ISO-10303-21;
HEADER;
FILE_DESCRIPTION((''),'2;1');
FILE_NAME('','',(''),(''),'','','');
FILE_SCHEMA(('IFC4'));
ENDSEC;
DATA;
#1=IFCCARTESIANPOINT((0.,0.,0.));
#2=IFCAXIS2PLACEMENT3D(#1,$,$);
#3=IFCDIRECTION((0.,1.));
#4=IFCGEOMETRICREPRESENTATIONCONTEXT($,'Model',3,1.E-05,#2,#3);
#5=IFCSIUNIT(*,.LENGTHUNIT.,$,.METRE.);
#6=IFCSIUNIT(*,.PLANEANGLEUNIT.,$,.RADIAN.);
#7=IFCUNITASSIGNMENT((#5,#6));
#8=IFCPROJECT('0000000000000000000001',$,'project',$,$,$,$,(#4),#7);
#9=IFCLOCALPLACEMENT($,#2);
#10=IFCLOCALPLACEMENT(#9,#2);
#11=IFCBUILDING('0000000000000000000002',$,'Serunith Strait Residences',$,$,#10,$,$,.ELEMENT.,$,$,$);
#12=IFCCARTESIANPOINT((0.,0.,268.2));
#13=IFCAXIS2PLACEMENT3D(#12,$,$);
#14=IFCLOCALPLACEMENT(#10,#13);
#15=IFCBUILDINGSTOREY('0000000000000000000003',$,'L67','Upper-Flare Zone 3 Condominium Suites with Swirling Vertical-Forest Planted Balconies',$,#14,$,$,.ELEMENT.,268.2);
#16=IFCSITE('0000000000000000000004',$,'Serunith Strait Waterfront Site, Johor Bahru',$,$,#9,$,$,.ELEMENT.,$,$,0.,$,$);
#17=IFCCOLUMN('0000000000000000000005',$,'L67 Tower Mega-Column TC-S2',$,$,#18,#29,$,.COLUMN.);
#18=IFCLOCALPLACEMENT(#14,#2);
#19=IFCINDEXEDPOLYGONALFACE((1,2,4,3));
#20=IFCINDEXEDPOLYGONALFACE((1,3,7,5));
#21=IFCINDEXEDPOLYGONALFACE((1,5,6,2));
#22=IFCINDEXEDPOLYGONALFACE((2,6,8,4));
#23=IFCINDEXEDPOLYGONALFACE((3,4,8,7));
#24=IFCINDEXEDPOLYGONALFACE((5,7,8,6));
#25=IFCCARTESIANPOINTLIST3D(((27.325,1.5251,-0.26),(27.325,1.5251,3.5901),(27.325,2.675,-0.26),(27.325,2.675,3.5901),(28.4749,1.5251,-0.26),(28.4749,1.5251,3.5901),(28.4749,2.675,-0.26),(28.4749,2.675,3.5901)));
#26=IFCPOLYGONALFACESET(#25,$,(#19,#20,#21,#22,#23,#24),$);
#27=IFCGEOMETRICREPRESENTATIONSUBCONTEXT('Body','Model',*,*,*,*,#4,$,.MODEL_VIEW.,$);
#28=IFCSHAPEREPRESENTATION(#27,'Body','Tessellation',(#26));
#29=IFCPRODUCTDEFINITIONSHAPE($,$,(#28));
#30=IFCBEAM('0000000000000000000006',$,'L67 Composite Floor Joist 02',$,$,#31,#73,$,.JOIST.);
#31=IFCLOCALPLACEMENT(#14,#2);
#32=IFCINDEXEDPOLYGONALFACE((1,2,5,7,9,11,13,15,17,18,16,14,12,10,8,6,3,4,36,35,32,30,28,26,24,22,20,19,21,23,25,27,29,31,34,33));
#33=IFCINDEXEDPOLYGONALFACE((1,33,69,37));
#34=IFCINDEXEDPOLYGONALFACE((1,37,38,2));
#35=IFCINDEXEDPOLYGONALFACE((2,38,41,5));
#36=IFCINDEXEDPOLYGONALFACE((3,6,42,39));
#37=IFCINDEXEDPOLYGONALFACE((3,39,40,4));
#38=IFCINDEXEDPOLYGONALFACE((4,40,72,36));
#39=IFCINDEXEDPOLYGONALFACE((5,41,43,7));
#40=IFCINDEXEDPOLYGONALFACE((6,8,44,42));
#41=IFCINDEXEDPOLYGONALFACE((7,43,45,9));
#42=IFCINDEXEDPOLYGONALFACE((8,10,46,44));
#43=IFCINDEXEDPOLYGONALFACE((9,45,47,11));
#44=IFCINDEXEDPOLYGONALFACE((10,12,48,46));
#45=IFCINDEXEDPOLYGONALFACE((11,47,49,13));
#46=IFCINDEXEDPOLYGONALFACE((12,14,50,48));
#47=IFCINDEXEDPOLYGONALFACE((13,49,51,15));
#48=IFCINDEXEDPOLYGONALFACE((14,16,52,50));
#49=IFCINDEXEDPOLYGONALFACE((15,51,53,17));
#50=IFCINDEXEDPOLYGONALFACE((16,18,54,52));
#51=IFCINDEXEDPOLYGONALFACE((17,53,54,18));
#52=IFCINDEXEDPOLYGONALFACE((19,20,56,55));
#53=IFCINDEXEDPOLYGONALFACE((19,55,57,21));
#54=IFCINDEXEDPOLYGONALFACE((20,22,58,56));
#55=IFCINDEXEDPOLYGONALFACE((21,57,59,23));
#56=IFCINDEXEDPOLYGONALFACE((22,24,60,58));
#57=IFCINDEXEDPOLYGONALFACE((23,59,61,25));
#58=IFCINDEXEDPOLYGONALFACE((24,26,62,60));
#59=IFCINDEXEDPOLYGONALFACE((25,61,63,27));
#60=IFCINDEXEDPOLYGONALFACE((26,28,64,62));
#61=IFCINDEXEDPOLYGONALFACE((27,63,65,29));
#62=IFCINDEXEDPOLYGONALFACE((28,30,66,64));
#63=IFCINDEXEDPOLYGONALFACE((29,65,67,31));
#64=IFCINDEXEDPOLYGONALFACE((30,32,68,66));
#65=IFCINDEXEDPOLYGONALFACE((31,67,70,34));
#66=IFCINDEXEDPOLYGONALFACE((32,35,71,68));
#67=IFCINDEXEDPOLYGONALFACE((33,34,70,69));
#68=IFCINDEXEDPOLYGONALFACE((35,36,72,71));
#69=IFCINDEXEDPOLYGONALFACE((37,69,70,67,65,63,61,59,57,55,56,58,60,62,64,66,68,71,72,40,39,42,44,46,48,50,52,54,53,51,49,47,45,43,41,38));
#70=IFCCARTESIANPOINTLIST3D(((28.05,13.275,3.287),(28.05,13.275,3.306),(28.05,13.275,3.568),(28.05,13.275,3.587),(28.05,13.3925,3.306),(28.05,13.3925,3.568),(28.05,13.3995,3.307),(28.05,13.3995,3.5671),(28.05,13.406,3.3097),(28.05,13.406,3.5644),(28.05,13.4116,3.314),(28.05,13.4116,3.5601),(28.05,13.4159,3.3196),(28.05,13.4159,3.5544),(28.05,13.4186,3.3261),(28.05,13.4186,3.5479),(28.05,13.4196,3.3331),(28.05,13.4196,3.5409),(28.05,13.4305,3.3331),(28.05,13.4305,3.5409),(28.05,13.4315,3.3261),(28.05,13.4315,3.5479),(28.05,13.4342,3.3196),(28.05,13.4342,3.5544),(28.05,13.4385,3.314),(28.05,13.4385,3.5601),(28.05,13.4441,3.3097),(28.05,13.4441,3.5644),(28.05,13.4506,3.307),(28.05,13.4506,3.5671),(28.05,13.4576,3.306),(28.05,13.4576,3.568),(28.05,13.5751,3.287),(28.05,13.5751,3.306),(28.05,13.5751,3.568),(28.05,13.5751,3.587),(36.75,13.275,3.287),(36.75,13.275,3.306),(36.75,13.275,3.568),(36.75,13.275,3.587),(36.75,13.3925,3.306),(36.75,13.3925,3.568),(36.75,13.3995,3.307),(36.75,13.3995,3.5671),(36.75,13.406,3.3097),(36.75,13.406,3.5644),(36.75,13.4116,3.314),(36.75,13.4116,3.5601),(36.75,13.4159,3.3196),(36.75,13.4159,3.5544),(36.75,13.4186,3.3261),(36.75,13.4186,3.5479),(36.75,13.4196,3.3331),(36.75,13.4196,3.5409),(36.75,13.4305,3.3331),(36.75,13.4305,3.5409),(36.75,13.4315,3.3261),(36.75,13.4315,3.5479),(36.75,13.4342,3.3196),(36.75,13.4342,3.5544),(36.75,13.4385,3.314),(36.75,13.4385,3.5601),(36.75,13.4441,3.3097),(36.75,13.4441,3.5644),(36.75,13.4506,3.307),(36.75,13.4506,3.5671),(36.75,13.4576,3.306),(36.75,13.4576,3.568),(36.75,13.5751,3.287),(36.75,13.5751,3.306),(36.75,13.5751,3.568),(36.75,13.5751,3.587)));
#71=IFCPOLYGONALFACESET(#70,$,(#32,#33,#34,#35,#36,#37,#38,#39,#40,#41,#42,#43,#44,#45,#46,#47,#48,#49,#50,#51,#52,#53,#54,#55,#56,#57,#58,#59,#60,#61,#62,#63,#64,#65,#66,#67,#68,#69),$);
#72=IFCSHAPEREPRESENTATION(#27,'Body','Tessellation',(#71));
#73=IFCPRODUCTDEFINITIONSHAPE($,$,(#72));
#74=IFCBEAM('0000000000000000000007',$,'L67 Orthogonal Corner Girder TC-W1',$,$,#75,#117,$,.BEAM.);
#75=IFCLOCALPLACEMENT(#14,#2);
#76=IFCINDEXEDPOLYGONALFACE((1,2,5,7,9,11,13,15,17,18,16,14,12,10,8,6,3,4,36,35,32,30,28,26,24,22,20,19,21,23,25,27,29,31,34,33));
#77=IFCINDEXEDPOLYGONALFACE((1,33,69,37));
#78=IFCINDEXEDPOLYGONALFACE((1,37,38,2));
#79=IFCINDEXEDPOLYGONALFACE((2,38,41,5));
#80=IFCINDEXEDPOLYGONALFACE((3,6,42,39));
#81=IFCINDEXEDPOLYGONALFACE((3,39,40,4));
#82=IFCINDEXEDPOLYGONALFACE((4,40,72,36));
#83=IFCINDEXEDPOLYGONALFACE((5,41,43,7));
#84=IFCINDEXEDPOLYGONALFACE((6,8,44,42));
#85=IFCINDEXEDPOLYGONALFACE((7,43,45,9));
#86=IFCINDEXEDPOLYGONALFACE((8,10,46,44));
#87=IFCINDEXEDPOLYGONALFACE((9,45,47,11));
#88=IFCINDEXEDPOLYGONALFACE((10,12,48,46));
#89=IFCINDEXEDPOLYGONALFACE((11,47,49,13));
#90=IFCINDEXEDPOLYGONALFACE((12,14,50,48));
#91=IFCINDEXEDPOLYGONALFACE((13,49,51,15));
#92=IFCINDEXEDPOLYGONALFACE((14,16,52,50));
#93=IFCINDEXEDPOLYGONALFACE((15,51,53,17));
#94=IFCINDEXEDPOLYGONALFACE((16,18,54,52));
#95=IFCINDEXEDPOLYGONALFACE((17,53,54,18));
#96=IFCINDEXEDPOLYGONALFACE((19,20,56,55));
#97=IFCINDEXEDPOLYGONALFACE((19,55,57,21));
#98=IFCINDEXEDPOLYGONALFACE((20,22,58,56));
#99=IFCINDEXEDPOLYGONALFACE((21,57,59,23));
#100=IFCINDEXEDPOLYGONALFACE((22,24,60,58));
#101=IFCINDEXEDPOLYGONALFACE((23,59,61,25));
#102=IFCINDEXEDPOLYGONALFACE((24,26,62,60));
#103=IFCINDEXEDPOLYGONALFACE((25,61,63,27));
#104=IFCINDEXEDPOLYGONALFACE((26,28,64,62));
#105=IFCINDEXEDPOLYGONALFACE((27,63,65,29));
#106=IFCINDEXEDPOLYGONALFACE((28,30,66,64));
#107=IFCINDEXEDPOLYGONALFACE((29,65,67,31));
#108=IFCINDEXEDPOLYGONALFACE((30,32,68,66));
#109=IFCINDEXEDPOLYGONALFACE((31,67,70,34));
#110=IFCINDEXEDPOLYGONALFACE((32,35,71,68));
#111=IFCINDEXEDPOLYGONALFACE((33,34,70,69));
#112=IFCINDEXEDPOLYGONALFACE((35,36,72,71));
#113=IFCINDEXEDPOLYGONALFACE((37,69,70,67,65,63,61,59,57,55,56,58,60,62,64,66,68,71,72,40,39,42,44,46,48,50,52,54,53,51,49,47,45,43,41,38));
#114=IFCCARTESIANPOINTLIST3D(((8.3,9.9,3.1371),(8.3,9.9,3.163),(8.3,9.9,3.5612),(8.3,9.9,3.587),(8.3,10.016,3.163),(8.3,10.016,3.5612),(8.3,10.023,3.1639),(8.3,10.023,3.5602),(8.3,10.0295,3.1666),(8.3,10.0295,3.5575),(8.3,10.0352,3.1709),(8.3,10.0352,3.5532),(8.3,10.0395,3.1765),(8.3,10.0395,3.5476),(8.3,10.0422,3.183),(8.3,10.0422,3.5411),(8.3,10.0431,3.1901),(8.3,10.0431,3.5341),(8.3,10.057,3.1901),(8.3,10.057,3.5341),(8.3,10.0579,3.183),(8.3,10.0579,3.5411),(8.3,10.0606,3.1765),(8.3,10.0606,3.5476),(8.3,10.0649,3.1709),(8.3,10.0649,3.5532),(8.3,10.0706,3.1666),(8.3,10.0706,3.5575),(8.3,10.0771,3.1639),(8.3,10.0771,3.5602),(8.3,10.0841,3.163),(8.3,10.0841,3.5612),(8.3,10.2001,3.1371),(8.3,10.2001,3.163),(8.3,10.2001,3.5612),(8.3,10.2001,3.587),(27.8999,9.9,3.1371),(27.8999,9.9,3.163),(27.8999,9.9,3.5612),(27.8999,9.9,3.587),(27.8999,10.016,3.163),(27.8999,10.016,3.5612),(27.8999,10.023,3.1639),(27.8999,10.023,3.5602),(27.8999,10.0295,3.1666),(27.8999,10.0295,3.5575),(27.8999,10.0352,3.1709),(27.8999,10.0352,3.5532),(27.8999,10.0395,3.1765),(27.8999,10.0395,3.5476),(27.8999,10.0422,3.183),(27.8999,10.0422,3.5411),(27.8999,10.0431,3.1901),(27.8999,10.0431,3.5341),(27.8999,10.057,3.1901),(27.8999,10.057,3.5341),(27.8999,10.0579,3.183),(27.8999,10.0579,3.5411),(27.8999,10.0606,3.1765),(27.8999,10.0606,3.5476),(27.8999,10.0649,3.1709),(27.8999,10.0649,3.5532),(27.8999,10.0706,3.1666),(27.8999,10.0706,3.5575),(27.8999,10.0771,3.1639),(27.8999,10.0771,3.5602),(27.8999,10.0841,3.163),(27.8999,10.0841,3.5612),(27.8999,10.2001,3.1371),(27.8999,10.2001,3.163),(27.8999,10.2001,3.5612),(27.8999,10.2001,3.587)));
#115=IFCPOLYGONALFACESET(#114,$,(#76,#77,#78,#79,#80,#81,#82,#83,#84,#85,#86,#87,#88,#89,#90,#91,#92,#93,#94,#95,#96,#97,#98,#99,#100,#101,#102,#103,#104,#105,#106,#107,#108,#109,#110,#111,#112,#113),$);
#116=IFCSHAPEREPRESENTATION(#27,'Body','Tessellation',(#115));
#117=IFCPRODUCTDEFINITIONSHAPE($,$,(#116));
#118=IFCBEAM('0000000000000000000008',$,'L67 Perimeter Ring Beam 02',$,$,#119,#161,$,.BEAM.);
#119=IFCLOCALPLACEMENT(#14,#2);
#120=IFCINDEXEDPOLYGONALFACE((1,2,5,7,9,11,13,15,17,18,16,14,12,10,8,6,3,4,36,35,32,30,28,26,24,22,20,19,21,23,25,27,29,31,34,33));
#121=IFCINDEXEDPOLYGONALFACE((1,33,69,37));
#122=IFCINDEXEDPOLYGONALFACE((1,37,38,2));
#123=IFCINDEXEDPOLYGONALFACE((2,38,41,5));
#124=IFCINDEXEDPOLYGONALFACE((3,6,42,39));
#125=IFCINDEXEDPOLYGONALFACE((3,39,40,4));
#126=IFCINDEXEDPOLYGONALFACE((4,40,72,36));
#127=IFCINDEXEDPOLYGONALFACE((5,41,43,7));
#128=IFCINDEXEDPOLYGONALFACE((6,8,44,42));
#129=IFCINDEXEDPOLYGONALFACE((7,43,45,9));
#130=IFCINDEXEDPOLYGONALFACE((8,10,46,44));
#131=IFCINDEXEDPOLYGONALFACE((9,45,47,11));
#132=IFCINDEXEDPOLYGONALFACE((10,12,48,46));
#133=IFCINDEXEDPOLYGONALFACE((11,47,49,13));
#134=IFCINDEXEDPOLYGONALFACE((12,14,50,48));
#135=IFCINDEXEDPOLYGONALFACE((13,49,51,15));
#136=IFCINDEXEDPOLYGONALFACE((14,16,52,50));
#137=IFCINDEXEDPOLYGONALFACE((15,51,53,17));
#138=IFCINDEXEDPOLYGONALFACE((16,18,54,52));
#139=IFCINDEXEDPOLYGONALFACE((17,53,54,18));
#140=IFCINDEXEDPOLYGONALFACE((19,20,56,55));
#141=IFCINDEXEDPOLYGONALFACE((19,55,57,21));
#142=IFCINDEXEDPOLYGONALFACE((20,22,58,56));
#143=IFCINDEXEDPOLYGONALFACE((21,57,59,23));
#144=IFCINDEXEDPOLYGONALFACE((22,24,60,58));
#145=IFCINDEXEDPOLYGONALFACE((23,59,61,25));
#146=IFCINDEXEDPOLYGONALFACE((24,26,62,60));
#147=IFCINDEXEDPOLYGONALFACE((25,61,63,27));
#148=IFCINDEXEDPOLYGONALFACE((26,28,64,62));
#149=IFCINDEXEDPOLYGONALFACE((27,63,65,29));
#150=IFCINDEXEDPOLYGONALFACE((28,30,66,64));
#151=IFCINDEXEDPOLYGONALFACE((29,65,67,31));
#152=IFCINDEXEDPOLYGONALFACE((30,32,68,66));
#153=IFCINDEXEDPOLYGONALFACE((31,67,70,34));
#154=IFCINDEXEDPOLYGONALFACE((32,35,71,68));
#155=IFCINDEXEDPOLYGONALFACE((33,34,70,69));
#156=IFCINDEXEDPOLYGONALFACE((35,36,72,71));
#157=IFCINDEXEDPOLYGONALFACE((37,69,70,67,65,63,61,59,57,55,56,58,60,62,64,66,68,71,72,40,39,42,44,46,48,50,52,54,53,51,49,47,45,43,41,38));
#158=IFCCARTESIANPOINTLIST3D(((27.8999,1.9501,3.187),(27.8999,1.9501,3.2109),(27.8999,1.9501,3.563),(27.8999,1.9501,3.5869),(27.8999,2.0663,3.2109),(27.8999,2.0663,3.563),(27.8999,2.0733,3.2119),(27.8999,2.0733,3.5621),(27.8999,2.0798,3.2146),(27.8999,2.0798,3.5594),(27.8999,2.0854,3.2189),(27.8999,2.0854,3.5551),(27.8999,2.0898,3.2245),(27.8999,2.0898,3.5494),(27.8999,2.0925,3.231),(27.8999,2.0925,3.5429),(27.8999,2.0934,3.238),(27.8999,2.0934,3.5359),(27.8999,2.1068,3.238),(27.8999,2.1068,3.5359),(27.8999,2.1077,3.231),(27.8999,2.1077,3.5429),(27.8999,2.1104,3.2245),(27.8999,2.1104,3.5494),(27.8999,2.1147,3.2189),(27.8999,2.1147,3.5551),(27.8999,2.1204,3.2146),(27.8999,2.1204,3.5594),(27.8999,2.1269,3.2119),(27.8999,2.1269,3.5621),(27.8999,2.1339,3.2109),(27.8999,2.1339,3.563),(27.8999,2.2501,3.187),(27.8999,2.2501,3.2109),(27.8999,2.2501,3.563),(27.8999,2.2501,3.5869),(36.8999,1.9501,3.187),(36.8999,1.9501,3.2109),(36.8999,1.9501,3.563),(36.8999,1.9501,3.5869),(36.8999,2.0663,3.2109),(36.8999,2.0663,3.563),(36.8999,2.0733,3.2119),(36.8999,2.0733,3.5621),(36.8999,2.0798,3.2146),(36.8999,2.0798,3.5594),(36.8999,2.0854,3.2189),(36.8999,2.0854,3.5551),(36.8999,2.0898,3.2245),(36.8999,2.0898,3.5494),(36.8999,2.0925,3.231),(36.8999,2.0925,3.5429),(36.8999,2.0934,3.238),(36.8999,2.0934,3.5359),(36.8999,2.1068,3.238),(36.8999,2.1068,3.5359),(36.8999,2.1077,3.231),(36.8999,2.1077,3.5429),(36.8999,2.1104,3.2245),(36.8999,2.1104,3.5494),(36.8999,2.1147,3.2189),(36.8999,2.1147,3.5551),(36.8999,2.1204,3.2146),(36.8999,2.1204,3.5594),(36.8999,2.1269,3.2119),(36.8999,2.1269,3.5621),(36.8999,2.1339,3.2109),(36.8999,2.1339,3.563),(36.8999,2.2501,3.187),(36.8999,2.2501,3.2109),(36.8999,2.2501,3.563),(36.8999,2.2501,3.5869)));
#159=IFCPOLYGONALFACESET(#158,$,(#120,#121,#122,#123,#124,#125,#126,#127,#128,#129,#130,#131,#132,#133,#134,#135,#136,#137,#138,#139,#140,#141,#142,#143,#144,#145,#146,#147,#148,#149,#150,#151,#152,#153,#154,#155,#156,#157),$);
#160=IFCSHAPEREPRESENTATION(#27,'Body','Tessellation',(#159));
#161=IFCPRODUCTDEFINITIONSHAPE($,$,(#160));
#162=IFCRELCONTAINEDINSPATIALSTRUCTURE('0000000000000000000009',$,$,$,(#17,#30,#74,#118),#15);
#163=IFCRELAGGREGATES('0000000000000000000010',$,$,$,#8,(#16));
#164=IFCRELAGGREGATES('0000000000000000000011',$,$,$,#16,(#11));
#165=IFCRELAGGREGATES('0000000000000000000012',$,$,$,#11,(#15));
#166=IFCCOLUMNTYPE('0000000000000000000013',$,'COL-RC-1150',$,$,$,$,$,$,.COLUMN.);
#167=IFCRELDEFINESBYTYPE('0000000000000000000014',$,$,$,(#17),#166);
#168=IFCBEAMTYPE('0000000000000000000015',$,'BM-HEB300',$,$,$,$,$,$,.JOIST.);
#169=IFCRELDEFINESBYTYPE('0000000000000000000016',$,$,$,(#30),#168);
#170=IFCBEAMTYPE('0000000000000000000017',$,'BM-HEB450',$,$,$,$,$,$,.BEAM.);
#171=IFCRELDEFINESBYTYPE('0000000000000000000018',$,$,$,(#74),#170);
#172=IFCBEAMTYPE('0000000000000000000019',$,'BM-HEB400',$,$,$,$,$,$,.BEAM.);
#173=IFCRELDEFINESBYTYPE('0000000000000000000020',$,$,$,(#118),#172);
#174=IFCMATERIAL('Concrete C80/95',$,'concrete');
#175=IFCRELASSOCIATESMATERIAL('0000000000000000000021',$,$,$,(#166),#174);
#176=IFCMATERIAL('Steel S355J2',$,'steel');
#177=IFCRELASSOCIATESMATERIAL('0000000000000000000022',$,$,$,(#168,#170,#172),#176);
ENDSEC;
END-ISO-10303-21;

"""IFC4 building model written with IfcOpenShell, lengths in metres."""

from ifc_helpers import new_model, si_unit, direction, frame, origin, origin_2d, place, context, subcontext, project, spatial, rectangle, i_section, extrude, source, transform, mapped, material, material_profile, profile_set, type_object, element, save


model = new_model("IFC4")

# Units and contexts
model_context = context("Model", 3, precision=1e-05, world=origin(), true_north=direction((0.0, 1.0)))
body_context = subcontext(model_context, "Body", "Model", "MODEL_VIEW")
ifc_project = project(units=[si_unit("LENGTHUNIT", "METRE"), si_unit("PLANEANGLEUNIT", "RADIAN")], contexts=[model_context])

# Site, building, storey
site_placement = place(None, origin())
site = spatial("IfcSite", under=ifc_project, at=site_placement, Name="Serunith Strait Waterfront Site, Johor Bahru", CompositionType="ELEMENT", RefElevation=0.0)
building_placement = place(site_placement, origin())
building = spatial("IfcBuilding", under=site, at=building_placement, Name="Serunith Strait Residences", CompositionType="ELEMENT")
storey_placement = place(building_placement, frame((0.0, 0.0, 268.2)))
storey = spatial("IfcBuildingStorey", under=building, at=storey_placement, Name="L67", Description="Upper-Flare Zone 3 Condominium Suites with Swirling Vertical-Forest Planted Balconies", CompositionType="ELEMENT", Elevation=268.2)

# Column
ifc_material_1 = material(Name="Concrete C80/95", Category="concrete")
ifc_material_profile_1 = material_profile(ifc_material_1, rectangle(XDim=1.1499, YDim=1.1499, at=origin_2d()), Name="RC 1150x1150")
ifc_profile_set_1 = profile_set([ifc_material_profile_1], Name="Concrete C80/95")
column_type = type_object("IfcColumnType", Name="COL-RC-1150", PredefinedType="COLUMN", material=ifc_profile_set_1)
shared_shape_1 = source(origin(), body_context, "Body", "SweptSolid", [
    extrude(rectangle(XDim=1.1499, YDim=1.1499, at=origin_2d()), origin(), (0.0, 0.0, 1.0), 3.8501),
])
column_placement = place(storey_placement, frame((27.8999, 2.1001, -0.26), z_axis=(0.0, 0.0, 1.0), x_axis=(1.0, 0.0, 0.0)))
element("IfcColumn", 1, at=column_placement, inside=storey, type_object=column_type, Name="L67 Tower Mega-Column TC-S2", PredefinedType="COLUMN", context=body_context, shape_type="MappedRepresentation", body=[
    mapped(shared_shape_1, transform((0.0, 0.0, 0.0), scale=1.0)),
])

# Beams
ifc_material_2 = material(Name="Steel S355J2", Category="steel")
ifc_material_profile_2 = material_profile(ifc_material_2, i_section(OverallWidth=0.3, OverallDepth=0.3, WebThickness=0.011, FlangeThickness=0.019, FilletRadius=0.0271, at=origin_2d()), Name="HEB 300")
ifc_profile_set_2 = profile_set([ifc_material_profile_2], Name="Steel S355J2")
beam_type_1 = type_object("IfcBeamType", Name="BM-HEB300", PredefinedType="JOIST", material=ifc_profile_set_2)
shared_shape_2 = source(origin(), body_context, "Body", "SweptSolid", [
    extrude(i_section(OverallWidth=0.3, OverallDepth=0.3, WebThickness=0.011, FlangeThickness=0.019, FilletRadius=0.0271, at=origin_2d()), origin(), (0.0, 0.0, 1.0), 8.7),
])
beam_1_placement = place(storey_placement, frame((28.05, 13.425, 3.437), z_axis=(1.0, 0.0, 0.0), x_axis=(0.0, 1.0, 0.0)))
element("IfcBeam", 2, at=beam_1_placement, inside=storey, type_object=beam_type_1, Name="L67 Composite Floor Joist 02", PredefinedType="JOIST", context=body_context, shape_type="MappedRepresentation", body=[
    mapped(shared_shape_2, transform((0.0, 0.0, 0.0), scale=1.0)),
])
ifc_material_profile_3 = material_profile(ifc_material_2, i_section(OverallWidth=0.3, OverallDepth=0.45, WebThickness=0.0139, FlangeThickness=0.0259, FilletRadius=0.0271, at=origin_2d()), Name="HEB 450")
ifc_profile_set_3 = profile_set([ifc_material_profile_3], Name="Steel S355J2")
beam_type_2 = type_object("IfcBeamType", Name="BM-HEB450", PredefinedType="BEAM", material=ifc_profile_set_3)
shared_shape_3 = source(origin(), body_context, "Body", "SweptSolid", [
    extrude(i_section(OverallWidth=0.3, OverallDepth=0.45, WebThickness=0.0139, FlangeThickness=0.0259, FilletRadius=0.0271, at=origin_2d()), origin(), (0.0, 0.0, 1.0), 19.5999),
])
beam_2_placement = place(storey_placement, frame((27.8999, 10.05, 3.3621), z_axis=(-1.0, 0.0, 0.0), x_axis=(0.0, -1.0, 0.0)))
element("IfcBeam", 3, at=beam_2_placement, inside=storey, type_object=beam_type_2, Name="L67 Orthogonal Corner Girder TC-W1", PredefinedType="BEAM", context=body_context, shape_type="MappedRepresentation", body=[
    mapped(shared_shape_3, transform((0.0, 0.0, 0.0), scale=1.0)),
])
ifc_material_profile_4 = material_profile(ifc_material_2, i_section(OverallWidth=0.3, OverallDepth=0.3999, WebThickness=0.0134, FlangeThickness=0.0239, FilletRadius=0.0271, at=origin_2d()), Name="HEB 400")
ifc_profile_set_4 = profile_set([ifc_material_profile_4], Name="Steel S355J2")
beam_type_3 = type_object("IfcBeamType", Name="BM-HEB400", PredefinedType="BEAM", material=ifc_profile_set_4)
shared_shape_4 = source(origin(), body_context, "Body", "SweptSolid", [
    extrude(i_section(OverallWidth=0.3, OverallDepth=0.3999, WebThickness=0.0134, FlangeThickness=0.0239, FilletRadius=0.0271, at=origin_2d()), origin(), (0.0, 0.0, 1.0), 9.0),
])
beam_3_placement = place(storey_placement, frame((27.8999, 2.1001, 3.387), z_axis=(1.0, 0.0, 0.0), x_axis=(0.0, 1.0, 0.0)))
element("IfcBeam", 4, at=beam_3_placement, inside=storey, type_object=beam_type_3, Name="L67 Perimeter Ring Beam 02", PredefinedType="BEAM", context=body_context, shape_type="MappedRepresentation", body=[
    mapped(shared_shape_4, transform((0.0, 0.0, 0.0), scale=1.0)),
])

save(model, "model.ifc")
